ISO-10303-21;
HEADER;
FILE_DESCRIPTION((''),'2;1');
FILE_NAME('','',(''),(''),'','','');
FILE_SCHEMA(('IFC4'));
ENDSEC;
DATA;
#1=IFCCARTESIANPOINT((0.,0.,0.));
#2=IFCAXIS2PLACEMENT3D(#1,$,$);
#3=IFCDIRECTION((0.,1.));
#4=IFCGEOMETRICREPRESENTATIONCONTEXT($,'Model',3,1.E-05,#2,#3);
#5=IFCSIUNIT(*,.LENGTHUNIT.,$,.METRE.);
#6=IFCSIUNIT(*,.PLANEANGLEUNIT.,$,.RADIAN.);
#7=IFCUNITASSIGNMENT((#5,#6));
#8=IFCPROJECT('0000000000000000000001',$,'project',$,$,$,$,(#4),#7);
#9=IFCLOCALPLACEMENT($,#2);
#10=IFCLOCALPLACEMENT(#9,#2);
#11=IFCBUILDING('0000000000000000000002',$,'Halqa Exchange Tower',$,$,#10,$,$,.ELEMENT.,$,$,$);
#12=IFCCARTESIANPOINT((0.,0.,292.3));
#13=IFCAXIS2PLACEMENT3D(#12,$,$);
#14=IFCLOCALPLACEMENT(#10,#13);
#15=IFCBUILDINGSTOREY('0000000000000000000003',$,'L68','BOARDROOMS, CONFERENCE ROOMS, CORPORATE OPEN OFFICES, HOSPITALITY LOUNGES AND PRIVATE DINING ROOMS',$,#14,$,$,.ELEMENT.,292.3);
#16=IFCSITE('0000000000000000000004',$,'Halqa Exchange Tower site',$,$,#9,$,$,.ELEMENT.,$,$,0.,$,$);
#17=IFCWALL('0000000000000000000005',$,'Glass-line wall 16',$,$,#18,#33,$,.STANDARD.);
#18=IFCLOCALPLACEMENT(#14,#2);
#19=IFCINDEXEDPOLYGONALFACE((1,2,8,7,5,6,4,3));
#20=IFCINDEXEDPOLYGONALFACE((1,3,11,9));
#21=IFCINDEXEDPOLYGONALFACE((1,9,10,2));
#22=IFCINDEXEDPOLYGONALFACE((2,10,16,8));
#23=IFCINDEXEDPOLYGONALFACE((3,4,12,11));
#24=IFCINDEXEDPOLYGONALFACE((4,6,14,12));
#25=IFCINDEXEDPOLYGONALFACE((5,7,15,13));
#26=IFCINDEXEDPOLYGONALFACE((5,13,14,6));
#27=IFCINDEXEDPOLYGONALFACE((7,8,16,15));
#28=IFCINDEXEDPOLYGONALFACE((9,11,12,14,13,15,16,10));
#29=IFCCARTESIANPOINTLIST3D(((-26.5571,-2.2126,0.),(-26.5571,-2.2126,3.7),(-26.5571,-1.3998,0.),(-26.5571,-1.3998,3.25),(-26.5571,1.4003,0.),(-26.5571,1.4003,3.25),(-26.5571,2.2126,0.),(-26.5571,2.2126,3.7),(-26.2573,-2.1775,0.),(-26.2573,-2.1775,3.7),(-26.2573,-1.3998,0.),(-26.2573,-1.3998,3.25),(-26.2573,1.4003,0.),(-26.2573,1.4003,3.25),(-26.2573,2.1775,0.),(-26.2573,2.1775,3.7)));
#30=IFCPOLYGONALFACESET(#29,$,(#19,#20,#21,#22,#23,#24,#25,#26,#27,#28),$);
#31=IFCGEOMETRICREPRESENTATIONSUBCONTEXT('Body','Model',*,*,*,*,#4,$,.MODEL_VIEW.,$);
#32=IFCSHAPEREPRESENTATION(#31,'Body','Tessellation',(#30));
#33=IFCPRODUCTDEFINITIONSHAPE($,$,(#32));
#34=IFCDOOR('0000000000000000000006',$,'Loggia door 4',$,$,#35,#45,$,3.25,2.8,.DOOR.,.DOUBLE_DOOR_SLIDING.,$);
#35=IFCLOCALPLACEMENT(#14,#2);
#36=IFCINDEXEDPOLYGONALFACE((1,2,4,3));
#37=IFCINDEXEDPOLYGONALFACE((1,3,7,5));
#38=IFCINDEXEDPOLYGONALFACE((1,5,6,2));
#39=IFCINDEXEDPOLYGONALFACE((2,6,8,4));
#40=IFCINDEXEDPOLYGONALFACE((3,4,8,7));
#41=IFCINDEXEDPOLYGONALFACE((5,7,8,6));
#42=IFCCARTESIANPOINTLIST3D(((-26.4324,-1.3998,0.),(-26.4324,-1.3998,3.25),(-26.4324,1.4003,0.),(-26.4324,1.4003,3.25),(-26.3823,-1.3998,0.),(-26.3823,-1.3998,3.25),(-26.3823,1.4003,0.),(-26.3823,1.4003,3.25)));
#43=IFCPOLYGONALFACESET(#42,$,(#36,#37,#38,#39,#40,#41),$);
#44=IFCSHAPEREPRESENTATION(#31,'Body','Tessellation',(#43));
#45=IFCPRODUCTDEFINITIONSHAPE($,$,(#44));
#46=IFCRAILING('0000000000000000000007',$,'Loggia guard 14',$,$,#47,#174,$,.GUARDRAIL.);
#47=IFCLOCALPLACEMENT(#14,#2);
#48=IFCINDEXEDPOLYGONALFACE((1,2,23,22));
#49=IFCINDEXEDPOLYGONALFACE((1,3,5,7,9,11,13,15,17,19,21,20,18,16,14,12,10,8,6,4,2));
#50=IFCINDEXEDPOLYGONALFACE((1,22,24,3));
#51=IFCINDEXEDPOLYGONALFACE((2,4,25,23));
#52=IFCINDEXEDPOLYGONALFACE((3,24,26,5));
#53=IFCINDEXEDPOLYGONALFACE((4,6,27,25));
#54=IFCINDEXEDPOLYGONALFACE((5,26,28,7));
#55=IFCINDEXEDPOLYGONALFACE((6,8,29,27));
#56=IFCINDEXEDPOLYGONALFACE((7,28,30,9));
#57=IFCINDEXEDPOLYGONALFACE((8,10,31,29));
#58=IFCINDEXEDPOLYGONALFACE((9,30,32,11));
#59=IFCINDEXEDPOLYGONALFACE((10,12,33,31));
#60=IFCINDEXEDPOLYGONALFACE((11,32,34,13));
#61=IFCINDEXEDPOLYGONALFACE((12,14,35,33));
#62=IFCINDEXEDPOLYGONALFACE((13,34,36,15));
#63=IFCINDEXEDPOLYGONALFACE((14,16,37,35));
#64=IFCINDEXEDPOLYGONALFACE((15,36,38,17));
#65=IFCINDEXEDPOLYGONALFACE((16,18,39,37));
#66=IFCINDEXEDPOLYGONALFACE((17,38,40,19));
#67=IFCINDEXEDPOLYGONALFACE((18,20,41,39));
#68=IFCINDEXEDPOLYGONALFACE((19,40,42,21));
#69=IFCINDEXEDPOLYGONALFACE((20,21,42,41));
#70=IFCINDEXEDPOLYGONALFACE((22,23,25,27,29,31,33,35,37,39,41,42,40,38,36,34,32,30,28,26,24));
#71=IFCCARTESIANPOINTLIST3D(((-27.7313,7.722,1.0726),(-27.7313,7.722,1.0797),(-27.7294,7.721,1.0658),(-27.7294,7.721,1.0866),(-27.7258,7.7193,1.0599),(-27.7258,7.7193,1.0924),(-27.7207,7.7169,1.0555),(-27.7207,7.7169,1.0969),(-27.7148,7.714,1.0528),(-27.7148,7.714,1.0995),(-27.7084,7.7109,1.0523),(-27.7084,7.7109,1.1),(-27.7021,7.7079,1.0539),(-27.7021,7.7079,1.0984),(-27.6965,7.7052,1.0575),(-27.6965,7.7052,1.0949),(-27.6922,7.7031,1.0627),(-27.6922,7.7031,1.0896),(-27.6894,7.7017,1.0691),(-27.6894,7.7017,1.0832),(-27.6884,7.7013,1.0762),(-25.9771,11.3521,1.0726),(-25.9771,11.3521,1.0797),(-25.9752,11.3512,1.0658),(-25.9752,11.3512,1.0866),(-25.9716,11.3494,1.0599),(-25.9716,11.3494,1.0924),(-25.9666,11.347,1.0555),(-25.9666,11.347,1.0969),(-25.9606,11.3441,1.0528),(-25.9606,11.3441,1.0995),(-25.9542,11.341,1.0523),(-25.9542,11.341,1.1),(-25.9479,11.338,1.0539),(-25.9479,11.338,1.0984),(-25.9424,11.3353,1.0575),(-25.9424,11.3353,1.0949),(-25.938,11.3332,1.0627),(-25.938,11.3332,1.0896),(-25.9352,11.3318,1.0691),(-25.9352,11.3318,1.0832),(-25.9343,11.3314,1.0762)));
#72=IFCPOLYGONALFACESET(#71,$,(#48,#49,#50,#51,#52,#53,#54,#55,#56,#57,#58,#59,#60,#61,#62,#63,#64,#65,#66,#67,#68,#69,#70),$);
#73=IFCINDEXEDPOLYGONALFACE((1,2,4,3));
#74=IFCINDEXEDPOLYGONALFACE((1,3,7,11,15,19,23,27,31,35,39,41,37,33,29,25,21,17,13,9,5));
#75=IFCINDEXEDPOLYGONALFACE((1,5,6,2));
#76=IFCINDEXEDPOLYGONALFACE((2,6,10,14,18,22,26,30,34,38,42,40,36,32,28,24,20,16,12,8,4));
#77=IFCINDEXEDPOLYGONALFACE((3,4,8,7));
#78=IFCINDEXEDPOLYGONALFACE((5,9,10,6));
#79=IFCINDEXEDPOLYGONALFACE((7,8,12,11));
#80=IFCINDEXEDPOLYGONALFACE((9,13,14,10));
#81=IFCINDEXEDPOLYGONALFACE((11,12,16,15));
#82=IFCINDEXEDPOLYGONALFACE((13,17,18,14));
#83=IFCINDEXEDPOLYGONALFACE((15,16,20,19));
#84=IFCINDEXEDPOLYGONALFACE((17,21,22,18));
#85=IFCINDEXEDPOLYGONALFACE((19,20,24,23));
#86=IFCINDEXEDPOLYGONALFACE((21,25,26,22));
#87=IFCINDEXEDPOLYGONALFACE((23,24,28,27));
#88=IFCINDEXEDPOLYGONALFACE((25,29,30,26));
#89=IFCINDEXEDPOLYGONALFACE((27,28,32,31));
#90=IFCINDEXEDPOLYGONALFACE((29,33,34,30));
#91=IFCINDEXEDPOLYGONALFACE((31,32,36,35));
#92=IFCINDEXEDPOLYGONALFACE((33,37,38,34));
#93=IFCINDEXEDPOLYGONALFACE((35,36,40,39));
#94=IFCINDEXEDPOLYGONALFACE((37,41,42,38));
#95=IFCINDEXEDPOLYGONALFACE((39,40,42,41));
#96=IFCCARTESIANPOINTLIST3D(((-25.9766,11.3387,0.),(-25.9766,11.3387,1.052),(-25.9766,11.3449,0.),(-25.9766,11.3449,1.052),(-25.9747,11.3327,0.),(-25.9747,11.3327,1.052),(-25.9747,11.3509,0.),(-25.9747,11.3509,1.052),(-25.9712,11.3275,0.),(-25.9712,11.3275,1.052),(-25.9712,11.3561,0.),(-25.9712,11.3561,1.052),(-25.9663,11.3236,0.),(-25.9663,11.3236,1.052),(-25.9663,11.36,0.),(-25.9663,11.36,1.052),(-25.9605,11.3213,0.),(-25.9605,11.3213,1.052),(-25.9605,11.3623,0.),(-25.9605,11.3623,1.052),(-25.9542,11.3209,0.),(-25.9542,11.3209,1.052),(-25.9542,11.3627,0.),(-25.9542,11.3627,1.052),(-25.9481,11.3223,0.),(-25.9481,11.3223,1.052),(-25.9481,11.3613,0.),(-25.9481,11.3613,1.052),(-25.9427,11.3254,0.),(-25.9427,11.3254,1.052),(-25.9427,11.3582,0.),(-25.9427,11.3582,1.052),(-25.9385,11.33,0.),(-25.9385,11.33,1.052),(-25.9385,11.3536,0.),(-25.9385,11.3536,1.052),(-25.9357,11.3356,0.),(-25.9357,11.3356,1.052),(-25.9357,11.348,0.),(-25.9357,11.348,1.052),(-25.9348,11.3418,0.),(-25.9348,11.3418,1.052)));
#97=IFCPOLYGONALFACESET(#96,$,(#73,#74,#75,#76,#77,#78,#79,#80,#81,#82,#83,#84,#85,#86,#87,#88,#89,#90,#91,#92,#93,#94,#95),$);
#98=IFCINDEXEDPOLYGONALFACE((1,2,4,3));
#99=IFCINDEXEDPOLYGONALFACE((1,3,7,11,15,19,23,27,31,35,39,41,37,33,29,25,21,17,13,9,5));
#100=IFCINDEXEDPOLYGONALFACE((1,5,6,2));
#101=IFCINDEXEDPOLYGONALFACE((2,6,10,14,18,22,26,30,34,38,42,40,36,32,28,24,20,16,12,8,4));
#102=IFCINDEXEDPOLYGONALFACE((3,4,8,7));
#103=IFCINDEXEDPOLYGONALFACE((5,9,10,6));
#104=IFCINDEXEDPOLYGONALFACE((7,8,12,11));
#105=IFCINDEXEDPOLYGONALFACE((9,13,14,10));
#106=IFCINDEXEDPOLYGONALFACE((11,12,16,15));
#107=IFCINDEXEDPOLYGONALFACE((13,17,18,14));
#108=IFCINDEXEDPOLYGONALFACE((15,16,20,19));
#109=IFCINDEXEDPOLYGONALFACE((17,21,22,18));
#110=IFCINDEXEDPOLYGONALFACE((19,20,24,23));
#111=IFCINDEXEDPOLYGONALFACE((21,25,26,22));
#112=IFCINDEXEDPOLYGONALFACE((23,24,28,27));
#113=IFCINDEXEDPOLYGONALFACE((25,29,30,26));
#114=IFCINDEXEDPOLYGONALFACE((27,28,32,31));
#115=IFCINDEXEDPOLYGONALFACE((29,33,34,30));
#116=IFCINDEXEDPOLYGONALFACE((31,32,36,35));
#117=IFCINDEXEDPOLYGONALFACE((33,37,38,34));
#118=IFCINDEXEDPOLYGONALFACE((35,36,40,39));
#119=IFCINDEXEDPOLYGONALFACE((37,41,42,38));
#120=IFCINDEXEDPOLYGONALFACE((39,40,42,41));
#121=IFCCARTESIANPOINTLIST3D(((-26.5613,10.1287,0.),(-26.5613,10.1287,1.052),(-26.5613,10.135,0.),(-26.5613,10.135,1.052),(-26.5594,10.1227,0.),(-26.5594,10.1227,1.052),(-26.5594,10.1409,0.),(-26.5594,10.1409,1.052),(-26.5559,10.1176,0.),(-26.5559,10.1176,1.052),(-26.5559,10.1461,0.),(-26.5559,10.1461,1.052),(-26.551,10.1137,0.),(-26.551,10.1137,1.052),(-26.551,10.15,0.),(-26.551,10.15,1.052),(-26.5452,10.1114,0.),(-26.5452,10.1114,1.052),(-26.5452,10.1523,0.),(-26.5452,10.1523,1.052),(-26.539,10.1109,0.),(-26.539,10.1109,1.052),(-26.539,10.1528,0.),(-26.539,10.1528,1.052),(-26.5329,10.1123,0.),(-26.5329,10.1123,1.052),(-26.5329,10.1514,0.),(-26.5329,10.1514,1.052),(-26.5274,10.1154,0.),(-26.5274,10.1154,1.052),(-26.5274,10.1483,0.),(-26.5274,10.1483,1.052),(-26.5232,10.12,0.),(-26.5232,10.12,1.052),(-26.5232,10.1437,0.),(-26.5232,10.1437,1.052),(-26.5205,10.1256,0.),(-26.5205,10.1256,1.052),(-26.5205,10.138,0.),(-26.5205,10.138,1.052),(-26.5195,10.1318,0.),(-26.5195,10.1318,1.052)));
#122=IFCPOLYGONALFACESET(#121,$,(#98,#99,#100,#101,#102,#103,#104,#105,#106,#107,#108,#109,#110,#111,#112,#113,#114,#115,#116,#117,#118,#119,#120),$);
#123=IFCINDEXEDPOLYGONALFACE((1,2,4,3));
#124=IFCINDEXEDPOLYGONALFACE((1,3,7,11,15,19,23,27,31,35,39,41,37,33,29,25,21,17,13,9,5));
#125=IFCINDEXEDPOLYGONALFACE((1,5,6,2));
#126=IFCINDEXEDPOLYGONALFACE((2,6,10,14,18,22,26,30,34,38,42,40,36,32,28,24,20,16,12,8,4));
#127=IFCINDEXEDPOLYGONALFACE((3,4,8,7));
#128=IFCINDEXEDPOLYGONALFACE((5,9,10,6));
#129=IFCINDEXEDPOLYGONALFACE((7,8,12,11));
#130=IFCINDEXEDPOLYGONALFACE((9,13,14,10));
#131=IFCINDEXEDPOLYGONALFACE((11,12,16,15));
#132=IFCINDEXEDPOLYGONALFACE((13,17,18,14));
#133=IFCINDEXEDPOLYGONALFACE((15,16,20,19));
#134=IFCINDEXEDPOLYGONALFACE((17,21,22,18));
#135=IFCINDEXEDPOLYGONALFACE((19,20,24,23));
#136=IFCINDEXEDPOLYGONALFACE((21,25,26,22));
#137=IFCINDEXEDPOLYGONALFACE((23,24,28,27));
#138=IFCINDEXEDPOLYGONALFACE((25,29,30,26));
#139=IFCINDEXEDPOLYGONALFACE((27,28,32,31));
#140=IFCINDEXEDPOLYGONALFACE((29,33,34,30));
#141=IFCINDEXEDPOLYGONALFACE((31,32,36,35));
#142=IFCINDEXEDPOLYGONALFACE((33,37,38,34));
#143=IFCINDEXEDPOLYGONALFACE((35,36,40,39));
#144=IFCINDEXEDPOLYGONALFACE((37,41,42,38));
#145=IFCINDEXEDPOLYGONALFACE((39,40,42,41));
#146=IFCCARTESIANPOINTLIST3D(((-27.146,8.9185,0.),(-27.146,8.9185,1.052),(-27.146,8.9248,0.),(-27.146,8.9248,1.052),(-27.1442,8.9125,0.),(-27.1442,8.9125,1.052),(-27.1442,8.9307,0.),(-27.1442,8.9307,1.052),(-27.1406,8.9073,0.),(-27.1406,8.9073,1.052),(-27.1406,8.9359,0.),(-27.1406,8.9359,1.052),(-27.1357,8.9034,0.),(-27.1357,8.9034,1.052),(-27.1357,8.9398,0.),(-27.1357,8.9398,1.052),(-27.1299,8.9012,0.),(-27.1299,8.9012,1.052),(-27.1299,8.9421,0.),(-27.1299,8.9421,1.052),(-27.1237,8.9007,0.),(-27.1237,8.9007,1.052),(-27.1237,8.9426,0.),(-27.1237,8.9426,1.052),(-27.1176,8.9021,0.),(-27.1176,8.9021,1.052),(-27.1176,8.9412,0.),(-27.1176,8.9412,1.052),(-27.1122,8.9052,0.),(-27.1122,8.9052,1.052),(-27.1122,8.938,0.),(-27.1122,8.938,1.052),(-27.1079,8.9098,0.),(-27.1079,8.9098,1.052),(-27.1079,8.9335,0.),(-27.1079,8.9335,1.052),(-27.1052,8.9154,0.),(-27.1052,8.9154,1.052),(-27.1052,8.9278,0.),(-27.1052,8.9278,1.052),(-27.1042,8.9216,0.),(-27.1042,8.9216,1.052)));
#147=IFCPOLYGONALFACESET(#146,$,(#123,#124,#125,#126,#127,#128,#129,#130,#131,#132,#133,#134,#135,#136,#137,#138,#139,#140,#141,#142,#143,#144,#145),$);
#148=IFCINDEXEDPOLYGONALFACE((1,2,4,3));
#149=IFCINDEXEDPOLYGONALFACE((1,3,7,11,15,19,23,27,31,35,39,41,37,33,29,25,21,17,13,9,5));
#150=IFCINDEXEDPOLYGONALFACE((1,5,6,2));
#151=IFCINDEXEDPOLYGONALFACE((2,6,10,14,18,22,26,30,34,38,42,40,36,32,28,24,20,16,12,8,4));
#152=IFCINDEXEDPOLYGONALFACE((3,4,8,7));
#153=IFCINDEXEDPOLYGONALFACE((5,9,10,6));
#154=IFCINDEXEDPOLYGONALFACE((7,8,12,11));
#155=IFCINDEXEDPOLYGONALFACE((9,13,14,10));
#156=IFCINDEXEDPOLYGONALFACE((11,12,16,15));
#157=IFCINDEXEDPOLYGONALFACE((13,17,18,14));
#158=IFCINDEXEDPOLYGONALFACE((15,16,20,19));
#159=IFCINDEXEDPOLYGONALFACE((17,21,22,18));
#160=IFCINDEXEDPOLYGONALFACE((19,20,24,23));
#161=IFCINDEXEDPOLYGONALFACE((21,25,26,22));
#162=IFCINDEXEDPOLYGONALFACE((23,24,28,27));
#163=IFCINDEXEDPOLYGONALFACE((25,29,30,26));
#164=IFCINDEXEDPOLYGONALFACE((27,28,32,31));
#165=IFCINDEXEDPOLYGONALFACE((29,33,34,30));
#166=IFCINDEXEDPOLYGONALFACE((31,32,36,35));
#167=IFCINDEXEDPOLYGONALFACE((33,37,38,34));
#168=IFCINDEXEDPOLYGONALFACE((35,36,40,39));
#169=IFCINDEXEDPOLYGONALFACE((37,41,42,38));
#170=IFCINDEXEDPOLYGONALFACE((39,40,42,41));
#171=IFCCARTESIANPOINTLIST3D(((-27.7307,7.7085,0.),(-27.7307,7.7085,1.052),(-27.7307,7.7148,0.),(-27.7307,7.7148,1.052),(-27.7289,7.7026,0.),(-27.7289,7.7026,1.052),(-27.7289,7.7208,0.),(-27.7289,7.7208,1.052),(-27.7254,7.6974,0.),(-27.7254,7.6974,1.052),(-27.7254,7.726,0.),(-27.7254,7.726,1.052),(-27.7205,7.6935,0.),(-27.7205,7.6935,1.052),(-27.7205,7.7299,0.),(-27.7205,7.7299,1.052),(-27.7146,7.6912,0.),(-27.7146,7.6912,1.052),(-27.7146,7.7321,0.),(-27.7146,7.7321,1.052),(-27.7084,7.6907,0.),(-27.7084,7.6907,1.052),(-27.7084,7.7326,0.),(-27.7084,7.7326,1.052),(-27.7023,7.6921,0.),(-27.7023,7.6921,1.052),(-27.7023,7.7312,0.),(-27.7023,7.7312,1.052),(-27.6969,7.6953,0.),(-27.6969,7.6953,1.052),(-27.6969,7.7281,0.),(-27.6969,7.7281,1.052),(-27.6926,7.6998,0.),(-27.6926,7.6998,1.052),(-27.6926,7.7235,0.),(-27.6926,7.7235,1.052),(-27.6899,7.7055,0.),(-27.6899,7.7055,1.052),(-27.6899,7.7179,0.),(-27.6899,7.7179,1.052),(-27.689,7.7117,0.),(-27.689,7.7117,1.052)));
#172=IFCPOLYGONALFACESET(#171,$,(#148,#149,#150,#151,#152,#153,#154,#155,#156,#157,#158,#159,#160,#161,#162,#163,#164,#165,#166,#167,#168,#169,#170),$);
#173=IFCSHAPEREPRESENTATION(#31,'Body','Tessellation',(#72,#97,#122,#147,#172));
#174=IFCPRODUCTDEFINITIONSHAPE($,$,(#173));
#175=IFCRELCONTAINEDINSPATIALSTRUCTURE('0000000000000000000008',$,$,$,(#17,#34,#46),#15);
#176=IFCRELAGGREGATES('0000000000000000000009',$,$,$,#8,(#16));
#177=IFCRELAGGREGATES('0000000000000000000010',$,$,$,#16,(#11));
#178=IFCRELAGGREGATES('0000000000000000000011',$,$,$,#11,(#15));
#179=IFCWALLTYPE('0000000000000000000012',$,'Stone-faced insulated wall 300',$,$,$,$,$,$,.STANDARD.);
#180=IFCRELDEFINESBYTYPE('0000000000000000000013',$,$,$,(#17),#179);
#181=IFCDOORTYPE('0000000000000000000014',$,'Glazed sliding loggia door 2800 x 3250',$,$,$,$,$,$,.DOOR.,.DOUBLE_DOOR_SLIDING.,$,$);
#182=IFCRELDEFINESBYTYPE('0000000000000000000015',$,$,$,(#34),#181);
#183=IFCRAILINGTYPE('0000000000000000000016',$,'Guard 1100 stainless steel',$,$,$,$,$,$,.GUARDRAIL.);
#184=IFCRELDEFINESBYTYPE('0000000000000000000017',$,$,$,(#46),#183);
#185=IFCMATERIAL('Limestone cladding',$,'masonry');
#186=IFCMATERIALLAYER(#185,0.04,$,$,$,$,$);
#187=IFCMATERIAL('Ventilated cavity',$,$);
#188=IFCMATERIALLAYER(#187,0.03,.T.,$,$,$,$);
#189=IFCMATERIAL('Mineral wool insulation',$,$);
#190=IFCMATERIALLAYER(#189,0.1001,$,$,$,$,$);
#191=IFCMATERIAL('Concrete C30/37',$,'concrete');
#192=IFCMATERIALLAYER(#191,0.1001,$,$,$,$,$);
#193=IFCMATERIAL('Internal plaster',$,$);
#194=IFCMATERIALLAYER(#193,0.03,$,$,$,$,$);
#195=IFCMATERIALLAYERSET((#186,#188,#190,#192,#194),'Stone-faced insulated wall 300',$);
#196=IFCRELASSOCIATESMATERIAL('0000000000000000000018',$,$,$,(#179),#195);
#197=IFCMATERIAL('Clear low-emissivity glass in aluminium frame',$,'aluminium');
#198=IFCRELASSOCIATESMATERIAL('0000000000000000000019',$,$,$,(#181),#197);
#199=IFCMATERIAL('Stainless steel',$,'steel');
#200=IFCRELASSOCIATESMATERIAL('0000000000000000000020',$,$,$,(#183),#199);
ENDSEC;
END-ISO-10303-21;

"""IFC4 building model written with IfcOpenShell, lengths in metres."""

from ifc_helpers import new_model, si_unit, direction, frame, frame_2d, origin, origin_2d, place, context, subcontext, project, spatial, polyline, rectangle, circle, outline, extrude, material, layer, layer_set, type_object, element, fill, save


model = new_model("IFC4")

# Units and contexts
model_context = context("Model", 3, precision=1e-05, world=origin(), true_north=direction((0.0, 1.0)))
body_context = subcontext(model_context, "Body", "Model", "MODEL_VIEW")
ifc_project = project(units=[si_unit("LENGTHUNIT", "METRE"), si_unit("PLANEANGLEUNIT", "RADIAN")], contexts=[model_context])

# Site, building, storey
site_placement = place(None, origin())
site = spatial("IfcSite", under=ifc_project, at=site_placement, Name="Halqa Exchange Tower site", CompositionType="ELEMENT", RefElevation=0.0)
building_placement = place(site_placement, origin())
building = spatial("IfcBuilding", under=site, at=building_placement, Name="Halqa Exchange Tower", CompositionType="ELEMENT")
storey_placement = place(building_placement, frame((0.0, 0.0, 292.3)))
storey = spatial("IfcBuildingStorey", under=building, at=storey_placement, Name="L68", Description="BOARDROOMS, CONFERENCE ROOMS, CORPORATE OPEN OFFICES, HOSPITALITY LOUNGES AND PRIVATE DINING ROOMS", CompositionType="ELEMENT", Elevation=292.3)

# Shared definitions
ifc_material_1 = material(Name="Limestone cladding", Category="masonry")
ifc_layer_1 = layer(ifc_material_1, 0.04)
ifc_material_2 = material(Name="Ventilated cavity")
ifc_layer_2 = layer(ifc_material_2, 0.03, ventilated=True)
ifc_material_3 = material(Name="Mineral wool insulation")
ifc_layer_3 = layer(ifc_material_3, 0.1001)
ifc_material_4 = material(Name="Concrete C30/37", Category="concrete")
ifc_layer_4 = layer(ifc_material_4, 0.1001)
ifc_material_5 = material(Name="Internal plaster")
ifc_layer_5 = layer(ifc_material_5, 0.03)
ifc_layer_set = layer_set([ifc_layer_1, ifc_layer_2, ifc_layer_3, ifc_layer_4, ifc_layer_5], Name="Stone-faced insulated wall 300")
wall_type = type_object("IfcWallType", Name="Stone-faced insulated wall 300", PredefinedType="STANDARD", material=ifc_layer_set)
ifc_material_6 = material(Name="Clear low-emissivity glass in aluminium frame", Category="aluminium")

# Wall, opening, door
wall_1_placement = place(storey_placement, frame((-26.4072, 2.1951, 0.0), z_axis=(0.0, 0.0, 1.0), x_axis=(0.0, -1.0, 0.0)))
wall_1 = element("IfcWall", 1, at=wall_1_placement, inside=storey, type_object=wall_type, Name="Glass-line wall 16", PredefinedType="STANDARD", context=body_context, shape_type="SweptSolid", body=[
    extrude(outline(polyline([(-0.0176, -0.1499), (4.4077, -0.1499), (4.3726, 0.1499), (0.0176, 0.1499), (-0.0176, -0.1499)])), origin(), (0.0, 0.0, 1.0), 3.7),
])
opening_1_placement = place(wall_1_placement, frame((0.7949, 0.0, 0.0)))
opening_1 = element("IfcOpeningElement", 2, at=opening_1_placement, cuts=wall_1, PredefinedType="OPENING", context=body_context, shape_type="SweptSolid", body=[
    extrude(rectangle(XDim=2.8, YDim=3.25, at=frame_2d((1.3999, 1.625))), frame((0.0, 0.1621, 0.0), z_axis=(0.0, -1.0, 0.0), x_axis=(1.0, 0.0, 0.0)), (0.0, 0.0, 1.0), 0.324),
])
door_type = type_object("IfcDoorType", Name="Glazed sliding loggia door 2800 x 3250", OperationType="DOUBLE_DOOR_SLIDING", PredefinedType="DOOR", material=ifc_material_6)
door_placement = place(opening_1_placement, origin())
door = element("IfcDoor", 3, at=door_placement, inside=storey, type_object=door_type, Name="Loggia door 4", OperationType="DOUBLE_DOOR_SLIDING", OverallHeight=3.25, OverallWidth=2.8, PredefinedType="DOOR", context=body_context, shape_type="SweptSolid", body=[
    extrude(rectangle(XDim=2.8, YDim=3.25, at=frame_2d((1.3999, 1.625))), frame((0.0, 0.0249, 0.0), z_axis=(0.0, -1.0, 0.0), x_axis=(1.0, 0.0, 0.0)), (0.0, 0.0, 1.0), 0.05),
])
fill(opening_1, door)

# Railing
ifc_material_7 = material(Name="Stainless steel", Category="steel")
railing_type = type_object("IfcRailingType", Name="Guard 1100 stainless steel", PredefinedType="GUARDRAIL", material=ifc_material_7)
railing_1_placement = place(storey_placement, frame((-25.9558, 11.3418, 0.0)))
element("IfcRailing", 4, at=railing_1_placement, inside=storey, type_object=railing_type, Name="Loggia guard 14", PredefinedType="GUARDRAIL", context=body_context, shape_type="SweptSolid", body=[
    extrude(circle(Radius=0.0239, at=origin_2d()), frame((0.0, 0.0, 1.0762), z_axis=(-0.435086, -0.900389, 0.0), x_axis=(0.900389, -0.435086, 0.0)), (0.0, 0.0, 1.0), 4.0317),
    extrude(circle(Radius=0.021, at=origin_2d()), origin(), (0.0, 0.0, 1.0), 1.052),
    extrude(circle(Radius=0.021, at=origin_2d()), frame((-0.5847, -1.21, 0.0)), (0.0, 0.0, 1.0), 1.052),
    extrude(circle(Radius=0.021, at=origin_2d()), frame((-1.1694, -2.4202, 0.0)), (0.0, 0.0, 1.0), 1.052),
    extrude(circle(Radius=0.021, at=origin_2d()), frame((-1.7542, -3.6301, 0.0)), (0.0, 0.0, 1.0), 1.052),
])

save(model, "model.ifc")
